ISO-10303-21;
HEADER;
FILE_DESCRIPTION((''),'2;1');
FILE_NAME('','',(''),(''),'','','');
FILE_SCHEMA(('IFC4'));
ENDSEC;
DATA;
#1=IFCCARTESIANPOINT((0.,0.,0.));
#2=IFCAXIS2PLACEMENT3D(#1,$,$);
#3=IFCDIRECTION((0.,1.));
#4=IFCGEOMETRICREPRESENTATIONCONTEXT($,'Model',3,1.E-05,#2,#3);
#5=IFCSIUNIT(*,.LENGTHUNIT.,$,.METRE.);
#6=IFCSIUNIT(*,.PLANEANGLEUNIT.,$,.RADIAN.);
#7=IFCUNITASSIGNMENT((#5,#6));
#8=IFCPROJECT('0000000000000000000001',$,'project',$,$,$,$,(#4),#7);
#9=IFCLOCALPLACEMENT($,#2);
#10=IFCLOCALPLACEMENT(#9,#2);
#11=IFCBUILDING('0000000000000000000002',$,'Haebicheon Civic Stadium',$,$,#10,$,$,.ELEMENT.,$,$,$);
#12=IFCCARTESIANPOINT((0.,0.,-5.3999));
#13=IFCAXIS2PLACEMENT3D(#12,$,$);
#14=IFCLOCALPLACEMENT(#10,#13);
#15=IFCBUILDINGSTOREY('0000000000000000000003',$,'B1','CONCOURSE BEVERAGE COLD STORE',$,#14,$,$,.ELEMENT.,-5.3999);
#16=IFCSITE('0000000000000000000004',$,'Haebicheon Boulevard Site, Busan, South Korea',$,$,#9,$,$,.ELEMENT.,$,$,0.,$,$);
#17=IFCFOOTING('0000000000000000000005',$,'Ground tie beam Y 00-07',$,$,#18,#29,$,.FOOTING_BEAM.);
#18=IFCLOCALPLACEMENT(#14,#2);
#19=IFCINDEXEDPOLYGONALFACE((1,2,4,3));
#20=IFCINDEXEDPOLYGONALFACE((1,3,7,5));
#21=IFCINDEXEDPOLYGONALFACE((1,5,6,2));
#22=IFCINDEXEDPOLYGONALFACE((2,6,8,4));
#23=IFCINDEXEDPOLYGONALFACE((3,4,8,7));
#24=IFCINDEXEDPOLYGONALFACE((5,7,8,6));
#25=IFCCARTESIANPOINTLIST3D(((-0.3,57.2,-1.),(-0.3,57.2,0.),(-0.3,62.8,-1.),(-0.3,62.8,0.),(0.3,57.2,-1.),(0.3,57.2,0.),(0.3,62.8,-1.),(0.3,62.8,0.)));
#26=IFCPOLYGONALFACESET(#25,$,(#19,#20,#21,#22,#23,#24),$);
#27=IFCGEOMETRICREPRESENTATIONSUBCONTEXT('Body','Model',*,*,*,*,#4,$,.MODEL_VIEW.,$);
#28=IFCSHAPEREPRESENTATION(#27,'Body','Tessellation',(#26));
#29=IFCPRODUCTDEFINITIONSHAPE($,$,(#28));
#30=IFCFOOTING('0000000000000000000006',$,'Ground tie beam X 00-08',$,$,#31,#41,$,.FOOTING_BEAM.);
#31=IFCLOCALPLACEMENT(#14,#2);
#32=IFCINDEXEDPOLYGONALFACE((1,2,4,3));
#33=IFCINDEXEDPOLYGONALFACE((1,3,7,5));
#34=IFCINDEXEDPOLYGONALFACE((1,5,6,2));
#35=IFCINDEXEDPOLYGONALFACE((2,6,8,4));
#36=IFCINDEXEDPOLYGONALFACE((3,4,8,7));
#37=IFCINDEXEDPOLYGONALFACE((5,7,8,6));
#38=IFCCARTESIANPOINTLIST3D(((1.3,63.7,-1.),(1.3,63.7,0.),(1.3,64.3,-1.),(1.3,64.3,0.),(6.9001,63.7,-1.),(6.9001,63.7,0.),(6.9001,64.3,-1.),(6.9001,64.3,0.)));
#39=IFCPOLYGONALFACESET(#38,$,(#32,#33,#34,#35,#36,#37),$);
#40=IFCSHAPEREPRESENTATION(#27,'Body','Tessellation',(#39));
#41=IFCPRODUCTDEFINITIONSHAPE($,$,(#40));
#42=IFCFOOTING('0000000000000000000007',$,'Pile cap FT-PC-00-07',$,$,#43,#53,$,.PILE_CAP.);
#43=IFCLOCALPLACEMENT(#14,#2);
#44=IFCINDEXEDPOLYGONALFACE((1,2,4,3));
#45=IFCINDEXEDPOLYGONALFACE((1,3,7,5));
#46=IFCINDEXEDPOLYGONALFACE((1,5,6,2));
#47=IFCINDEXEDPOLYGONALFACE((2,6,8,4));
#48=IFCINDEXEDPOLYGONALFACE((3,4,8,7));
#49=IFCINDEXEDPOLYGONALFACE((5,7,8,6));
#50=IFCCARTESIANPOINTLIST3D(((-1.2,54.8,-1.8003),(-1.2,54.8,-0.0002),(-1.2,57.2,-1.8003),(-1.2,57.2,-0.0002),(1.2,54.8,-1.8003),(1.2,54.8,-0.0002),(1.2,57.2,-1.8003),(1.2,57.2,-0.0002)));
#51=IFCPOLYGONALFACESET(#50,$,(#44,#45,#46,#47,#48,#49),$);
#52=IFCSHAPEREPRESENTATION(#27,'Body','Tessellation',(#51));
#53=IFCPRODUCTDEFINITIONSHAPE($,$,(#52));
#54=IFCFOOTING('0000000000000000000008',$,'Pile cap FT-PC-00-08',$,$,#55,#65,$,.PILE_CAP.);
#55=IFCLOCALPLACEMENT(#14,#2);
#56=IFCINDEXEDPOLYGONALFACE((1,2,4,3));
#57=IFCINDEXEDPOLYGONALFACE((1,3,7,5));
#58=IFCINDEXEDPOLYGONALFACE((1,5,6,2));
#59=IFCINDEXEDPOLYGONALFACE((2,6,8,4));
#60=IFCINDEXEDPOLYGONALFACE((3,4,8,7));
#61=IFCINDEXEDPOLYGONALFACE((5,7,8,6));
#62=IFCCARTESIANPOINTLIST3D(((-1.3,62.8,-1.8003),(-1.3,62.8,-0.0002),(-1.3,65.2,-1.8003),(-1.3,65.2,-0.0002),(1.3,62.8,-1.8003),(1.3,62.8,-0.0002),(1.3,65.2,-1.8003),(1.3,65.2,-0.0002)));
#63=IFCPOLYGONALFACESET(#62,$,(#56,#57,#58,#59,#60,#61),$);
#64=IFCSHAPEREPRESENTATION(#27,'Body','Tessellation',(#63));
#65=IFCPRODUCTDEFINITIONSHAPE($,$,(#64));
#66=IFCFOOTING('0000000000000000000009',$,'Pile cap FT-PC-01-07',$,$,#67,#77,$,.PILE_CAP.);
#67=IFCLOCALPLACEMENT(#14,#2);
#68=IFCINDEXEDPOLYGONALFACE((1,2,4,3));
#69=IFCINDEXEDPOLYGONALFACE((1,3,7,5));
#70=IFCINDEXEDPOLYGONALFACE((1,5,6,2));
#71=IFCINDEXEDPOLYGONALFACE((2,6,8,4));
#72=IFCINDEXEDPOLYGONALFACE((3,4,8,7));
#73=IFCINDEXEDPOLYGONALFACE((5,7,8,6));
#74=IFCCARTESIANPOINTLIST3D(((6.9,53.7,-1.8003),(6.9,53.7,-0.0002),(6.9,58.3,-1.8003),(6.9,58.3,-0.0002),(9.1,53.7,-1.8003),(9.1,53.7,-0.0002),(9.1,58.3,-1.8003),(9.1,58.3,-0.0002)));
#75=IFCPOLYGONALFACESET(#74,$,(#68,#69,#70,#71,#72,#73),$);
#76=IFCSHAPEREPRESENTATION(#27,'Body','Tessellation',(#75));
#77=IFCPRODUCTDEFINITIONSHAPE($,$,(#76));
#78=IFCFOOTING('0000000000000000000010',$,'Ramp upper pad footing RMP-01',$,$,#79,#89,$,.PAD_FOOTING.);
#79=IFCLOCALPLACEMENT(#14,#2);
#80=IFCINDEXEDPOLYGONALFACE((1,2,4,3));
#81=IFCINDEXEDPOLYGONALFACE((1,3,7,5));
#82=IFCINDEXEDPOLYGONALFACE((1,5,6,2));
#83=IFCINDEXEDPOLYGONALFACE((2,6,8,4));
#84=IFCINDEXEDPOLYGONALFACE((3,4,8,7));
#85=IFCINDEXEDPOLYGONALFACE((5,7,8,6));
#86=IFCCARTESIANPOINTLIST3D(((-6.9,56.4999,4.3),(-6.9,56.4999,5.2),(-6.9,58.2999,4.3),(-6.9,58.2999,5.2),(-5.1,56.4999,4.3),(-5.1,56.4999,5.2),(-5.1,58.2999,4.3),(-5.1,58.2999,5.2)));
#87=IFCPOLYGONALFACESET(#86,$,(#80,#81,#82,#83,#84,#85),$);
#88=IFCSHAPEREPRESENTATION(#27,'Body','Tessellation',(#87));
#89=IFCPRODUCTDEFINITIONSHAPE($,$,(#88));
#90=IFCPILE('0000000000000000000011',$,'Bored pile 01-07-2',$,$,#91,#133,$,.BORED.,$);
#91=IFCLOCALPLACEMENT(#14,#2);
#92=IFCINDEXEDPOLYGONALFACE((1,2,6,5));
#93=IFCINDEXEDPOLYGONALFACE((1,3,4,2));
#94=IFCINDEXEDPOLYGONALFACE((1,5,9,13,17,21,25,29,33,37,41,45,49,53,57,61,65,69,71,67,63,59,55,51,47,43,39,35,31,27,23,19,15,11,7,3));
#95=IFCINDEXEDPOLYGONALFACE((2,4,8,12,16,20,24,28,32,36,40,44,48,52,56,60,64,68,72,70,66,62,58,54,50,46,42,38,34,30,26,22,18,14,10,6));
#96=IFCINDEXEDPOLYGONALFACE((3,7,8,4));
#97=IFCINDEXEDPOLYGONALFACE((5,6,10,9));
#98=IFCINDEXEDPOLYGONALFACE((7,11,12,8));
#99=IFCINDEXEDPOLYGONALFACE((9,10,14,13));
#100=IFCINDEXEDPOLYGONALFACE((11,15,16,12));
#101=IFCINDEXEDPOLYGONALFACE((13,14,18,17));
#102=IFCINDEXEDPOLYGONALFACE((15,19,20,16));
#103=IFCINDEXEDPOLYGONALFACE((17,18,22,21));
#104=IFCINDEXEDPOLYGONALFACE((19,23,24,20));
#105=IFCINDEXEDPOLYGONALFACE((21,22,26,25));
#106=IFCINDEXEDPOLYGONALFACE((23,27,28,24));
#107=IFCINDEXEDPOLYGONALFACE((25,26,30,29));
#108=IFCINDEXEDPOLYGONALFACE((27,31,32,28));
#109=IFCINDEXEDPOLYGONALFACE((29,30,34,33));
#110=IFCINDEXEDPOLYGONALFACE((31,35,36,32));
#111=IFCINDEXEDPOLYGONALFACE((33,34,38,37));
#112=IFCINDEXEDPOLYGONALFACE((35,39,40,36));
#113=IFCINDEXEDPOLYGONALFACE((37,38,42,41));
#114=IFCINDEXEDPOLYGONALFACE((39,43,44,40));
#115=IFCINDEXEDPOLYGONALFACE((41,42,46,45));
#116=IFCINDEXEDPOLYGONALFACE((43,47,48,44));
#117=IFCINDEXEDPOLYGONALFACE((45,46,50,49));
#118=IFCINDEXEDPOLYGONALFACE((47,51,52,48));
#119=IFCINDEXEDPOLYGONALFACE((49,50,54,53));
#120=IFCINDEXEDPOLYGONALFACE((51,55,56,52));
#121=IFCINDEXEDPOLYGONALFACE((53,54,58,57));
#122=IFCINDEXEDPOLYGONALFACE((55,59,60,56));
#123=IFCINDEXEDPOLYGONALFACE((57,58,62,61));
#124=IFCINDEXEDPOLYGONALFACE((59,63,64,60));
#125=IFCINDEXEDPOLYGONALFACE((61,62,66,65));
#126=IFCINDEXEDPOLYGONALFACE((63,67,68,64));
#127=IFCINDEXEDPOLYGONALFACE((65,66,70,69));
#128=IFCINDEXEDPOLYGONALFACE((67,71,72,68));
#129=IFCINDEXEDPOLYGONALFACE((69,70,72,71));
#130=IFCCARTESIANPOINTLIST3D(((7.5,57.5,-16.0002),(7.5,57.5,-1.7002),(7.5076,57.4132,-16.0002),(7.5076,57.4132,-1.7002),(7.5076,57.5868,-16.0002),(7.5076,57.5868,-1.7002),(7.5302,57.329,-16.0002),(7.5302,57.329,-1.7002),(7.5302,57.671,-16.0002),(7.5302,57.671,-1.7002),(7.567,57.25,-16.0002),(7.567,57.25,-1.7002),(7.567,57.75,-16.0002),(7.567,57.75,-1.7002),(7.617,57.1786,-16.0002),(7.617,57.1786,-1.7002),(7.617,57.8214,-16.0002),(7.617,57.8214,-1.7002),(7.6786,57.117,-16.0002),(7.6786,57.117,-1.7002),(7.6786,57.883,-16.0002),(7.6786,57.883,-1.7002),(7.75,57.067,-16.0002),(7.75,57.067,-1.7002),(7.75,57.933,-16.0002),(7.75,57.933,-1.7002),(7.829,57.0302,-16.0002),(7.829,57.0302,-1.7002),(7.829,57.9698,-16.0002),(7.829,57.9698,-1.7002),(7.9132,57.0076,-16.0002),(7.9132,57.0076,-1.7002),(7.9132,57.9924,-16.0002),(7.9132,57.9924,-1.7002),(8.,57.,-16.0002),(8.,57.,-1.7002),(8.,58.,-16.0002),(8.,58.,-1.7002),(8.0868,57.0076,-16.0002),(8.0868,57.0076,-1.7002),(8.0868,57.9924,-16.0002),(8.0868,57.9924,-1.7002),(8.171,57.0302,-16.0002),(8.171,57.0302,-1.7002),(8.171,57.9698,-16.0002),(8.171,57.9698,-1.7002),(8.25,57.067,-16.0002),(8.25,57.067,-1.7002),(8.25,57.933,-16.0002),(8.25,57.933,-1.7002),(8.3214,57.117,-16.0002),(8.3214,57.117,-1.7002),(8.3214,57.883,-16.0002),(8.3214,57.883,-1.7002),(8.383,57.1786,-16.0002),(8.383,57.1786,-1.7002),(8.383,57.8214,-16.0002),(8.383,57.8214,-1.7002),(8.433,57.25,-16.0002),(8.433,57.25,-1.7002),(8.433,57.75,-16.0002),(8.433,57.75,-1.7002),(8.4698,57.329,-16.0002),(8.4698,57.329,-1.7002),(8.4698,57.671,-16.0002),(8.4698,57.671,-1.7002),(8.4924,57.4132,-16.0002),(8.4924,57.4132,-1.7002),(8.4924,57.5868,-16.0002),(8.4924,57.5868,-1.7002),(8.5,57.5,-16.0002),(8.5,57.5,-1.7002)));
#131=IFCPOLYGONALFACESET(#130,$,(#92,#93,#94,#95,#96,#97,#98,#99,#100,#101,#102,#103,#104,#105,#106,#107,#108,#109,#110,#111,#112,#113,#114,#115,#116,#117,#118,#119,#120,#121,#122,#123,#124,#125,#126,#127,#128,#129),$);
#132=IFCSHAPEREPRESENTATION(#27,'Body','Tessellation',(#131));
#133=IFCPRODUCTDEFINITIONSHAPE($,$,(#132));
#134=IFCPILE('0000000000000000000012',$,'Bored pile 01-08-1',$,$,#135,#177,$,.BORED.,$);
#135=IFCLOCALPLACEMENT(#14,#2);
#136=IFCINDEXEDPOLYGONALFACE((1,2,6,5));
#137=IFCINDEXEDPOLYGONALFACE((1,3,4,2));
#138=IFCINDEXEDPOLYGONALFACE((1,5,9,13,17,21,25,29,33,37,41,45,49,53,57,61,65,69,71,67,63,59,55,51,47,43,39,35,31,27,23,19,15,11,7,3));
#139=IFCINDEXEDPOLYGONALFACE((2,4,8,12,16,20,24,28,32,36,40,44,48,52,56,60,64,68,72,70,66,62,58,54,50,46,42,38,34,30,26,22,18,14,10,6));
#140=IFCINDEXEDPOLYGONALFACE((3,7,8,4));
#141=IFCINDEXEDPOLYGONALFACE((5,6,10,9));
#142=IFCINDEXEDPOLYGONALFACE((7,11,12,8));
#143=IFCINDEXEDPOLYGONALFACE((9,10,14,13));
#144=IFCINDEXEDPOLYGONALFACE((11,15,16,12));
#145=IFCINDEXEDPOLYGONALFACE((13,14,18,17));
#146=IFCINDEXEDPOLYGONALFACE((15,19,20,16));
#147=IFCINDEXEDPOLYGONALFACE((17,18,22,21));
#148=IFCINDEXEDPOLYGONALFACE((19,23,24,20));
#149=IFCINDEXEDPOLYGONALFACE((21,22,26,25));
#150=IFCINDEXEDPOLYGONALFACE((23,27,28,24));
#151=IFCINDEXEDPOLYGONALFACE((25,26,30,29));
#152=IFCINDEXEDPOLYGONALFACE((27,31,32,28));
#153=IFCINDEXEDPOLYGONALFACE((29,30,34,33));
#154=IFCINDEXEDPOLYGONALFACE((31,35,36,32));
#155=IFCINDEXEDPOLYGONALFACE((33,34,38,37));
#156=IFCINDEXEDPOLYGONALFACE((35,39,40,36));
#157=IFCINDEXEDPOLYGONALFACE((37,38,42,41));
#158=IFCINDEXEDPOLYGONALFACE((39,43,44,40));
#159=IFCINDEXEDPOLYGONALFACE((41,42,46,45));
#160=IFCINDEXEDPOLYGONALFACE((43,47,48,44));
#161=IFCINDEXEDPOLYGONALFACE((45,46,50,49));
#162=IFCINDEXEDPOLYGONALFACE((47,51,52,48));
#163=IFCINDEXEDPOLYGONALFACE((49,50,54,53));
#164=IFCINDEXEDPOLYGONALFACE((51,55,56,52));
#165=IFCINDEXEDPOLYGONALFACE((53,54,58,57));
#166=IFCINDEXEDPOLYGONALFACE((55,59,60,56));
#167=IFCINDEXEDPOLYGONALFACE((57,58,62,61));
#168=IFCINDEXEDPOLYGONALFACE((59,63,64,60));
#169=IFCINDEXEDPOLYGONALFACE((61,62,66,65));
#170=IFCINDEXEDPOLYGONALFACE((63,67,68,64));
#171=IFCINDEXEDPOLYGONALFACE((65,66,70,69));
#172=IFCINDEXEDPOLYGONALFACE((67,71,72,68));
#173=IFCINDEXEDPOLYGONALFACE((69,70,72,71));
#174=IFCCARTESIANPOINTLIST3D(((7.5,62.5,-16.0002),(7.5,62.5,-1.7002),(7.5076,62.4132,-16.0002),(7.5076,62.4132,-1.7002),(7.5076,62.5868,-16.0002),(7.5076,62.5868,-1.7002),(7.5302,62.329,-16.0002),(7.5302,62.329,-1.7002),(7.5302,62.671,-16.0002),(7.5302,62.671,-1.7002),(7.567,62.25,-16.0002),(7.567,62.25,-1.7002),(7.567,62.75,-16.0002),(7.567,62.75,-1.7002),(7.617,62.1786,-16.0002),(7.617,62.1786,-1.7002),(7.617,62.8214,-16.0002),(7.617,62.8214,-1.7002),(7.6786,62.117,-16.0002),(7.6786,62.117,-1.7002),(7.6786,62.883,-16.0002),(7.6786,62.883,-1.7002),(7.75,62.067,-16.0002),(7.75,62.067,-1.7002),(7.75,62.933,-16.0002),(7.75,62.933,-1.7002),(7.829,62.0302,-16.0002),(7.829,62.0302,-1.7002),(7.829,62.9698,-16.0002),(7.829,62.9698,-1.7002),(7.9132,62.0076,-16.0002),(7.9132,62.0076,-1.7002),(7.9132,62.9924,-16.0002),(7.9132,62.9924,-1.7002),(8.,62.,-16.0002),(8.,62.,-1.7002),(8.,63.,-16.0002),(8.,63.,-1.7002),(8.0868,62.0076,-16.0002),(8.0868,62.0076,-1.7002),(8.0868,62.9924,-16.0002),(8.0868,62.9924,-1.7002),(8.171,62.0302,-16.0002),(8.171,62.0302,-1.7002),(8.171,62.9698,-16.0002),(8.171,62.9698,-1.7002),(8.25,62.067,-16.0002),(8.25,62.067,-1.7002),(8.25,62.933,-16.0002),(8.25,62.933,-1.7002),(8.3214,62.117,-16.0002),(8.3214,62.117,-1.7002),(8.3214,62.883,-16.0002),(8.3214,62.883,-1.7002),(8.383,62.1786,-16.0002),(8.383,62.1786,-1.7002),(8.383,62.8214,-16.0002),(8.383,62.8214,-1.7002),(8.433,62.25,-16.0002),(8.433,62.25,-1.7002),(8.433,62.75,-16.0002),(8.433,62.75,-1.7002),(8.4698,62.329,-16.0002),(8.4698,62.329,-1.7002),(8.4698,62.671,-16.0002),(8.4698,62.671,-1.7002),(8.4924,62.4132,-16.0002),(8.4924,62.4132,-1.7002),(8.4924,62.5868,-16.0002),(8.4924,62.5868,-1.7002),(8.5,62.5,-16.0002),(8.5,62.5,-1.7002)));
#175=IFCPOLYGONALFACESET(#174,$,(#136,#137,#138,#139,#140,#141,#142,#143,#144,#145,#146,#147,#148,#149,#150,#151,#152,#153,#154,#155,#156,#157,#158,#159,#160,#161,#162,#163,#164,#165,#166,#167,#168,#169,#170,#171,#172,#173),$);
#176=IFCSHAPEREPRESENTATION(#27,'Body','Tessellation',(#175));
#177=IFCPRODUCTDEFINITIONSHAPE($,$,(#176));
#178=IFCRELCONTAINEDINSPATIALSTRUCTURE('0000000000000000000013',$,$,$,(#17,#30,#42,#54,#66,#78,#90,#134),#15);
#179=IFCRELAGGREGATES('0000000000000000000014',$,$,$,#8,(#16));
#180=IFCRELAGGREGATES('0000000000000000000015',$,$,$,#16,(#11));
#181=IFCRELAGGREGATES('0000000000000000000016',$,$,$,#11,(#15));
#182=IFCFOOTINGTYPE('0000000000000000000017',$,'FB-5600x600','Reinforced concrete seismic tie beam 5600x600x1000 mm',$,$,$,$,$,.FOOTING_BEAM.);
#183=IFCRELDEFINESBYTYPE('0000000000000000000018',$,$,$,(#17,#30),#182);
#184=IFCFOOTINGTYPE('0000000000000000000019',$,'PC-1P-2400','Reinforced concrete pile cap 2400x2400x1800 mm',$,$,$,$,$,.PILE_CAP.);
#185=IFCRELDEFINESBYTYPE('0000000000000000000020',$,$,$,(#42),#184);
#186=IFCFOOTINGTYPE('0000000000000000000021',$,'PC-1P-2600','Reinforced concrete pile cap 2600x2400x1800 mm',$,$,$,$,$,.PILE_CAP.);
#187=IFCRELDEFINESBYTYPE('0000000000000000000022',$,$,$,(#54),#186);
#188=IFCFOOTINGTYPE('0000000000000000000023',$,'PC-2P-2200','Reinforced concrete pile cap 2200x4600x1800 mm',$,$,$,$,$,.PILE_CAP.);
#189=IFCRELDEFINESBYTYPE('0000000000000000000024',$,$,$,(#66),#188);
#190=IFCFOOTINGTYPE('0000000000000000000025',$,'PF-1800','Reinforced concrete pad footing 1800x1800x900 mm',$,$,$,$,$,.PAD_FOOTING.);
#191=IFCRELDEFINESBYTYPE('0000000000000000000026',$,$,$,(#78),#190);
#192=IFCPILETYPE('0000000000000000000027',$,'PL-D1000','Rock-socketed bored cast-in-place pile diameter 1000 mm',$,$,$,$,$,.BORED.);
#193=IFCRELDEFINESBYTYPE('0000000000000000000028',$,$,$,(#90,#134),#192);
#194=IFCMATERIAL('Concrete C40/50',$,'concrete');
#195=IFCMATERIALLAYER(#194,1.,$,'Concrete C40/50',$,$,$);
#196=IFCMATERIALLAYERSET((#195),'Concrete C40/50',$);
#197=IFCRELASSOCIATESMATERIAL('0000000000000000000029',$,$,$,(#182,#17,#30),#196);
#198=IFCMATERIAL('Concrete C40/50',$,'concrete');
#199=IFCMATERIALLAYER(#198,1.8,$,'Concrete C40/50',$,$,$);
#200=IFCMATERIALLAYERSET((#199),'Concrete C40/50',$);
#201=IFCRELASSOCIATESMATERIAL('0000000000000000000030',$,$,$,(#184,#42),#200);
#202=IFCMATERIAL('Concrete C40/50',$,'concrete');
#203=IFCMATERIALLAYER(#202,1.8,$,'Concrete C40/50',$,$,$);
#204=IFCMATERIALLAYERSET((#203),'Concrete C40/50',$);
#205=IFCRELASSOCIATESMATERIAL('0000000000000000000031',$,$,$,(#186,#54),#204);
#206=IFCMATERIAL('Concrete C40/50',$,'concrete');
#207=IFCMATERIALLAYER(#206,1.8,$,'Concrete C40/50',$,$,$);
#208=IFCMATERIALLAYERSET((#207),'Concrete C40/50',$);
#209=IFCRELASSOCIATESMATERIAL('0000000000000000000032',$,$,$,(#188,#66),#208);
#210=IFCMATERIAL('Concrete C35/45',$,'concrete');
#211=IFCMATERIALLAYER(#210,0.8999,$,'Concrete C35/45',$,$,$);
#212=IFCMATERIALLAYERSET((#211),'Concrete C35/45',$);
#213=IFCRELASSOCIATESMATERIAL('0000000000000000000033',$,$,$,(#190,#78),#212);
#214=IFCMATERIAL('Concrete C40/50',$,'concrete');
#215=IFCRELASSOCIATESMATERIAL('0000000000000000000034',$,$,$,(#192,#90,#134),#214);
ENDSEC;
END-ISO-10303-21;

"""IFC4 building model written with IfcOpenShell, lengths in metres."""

from ifc_helpers import new_model, si_unit, direction, frame, origin, origin_2d, place, context, subcontext, project, spatial, rectangle, circle, extrude, material, layer, layer_set, material_profile, profile_set, type_object, element, save


model = new_model("IFC4")

# Units and contexts
model_context = context("Model", 3, precision=1e-05, world=origin(), true_north=direction((0.0, 1.0)))
body_context = subcontext(model_context, "Body", "Model", "MODEL_VIEW")
ifc_project = project(units=[si_unit("LENGTHUNIT", "METRE"), si_unit("PLANEANGLEUNIT", "RADIAN")], contexts=[model_context])

# Site, building, storey
site_placement = place(None, origin())
site = spatial("IfcSite", under=ifc_project, at=site_placement, Name="Haebicheon Boulevard Site, Busan, South Korea", CompositionType="ELEMENT", RefElevation=0.0)
building_placement = place(site_placement, origin())
building = spatial("IfcBuilding", under=site, at=building_placement, Name="Haebicheon Civic Stadium", CompositionType="ELEMENT")
storey_placement = place(building_placement, frame((0.0, 0.0, -5.3999)))
storey = spatial("IfcBuildingStorey", under=building, at=storey_placement, Name="B1", Description="CONCOURSE BEVERAGE COLD STORE", CompositionType="ELEMENT", Elevation=-5.3999)

# Footings
ifc_material_1 = material(Name="Concrete C40/50", Category="concrete")
ifc_layer_1 = layer(ifc_material_1, 1.0, Name="Concrete C40/50")
ifc_layer_set_1 = layer_set([ifc_layer_1], Name="Concrete C40/50")
footing_type_1 = type_object("IfcFootingType", Name="FB-5600x600", Description="Reinforced concrete seismic tie beam 5600x600x1000 mm", PredefinedType="FOOTING_BEAM", material=ifc_layer_set_1)
for number, where, z_axis, x_axis, name in (
    (1, (0.0, 60.0, -1.0), (0.0, 0.0, 1.0), (0.0, 1.0, 0.0), "Ground tie beam Y 00-07"),
    (2, (4.1001, 64.0, -1.0), (0.0, 0.0, 1.0), (1.0, 0.0, 0.0), "Ground tie beam X 00-08"),
):
    element("IfcFooting", number, at=place(storey_placement, frame(where, z_axis=z_axis, x_axis=x_axis)), inside=storey, type_object=footing_type_1, material=ifc_layer_set_1, Name=name, PredefinedType="FOOTING_BEAM", context=body_context, shape_type="SweptSolid", body=[
        extrude(rectangle(XDim=5.6001, YDim=0.6001, at=origin_2d()), origin(), (0.0, 0.0, 1.0), 1.0),
    ])
ifc_material_2 = material(Name="Concrete C40/50", Category="concrete")
ifc_layer_2 = layer(ifc_material_2, 1.8, Name="Concrete C40/50")
ifc_layer_set_2 = layer_set([ifc_layer_2], Name="Concrete C40/50")
footing_type_2 = type_object("IfcFootingType", Name="PC-1P-2400", Description="Reinforced concrete pile cap 2400x2400x1800 mm", PredefinedType="PILE_CAP", material=ifc_layer_set_2)
footing_1_placement = place(storey_placement, frame((0.0, 56.0, -1.8003), z_axis=(0.0, 0.0, 1.0), x_axis=(1.0, 0.0, 0.0)))
element("IfcFooting", 3, at=footing_1_placement, inside=storey, type_object=footing_type_2, material=ifc_layer_set_2, Name="Pile cap FT-PC-00-07", PredefinedType="PILE_CAP", context=body_context, shape_type="SweptSolid", body=[
    extrude(rectangle(XDim=2.3999, YDim=2.3999, at=origin_2d()), origin(), (0.0, 0.0, 1.0), 1.8),
])
ifc_material_3 = material(Name="Concrete C40/50", Category="concrete")
ifc_layer_3 = layer(ifc_material_3, 1.8, Name="Concrete C40/50")
ifc_layer_set_3 = layer_set([ifc_layer_3], Name="Concrete C40/50")
footing_type_3 = type_object("IfcFootingType", Name="PC-1P-2600", Description="Reinforced concrete pile cap 2600x2400x1800 mm", PredefinedType="PILE_CAP", material=ifc_layer_set_3)
footing_2_placement = place(storey_placement, frame((0.0, 64.0, -1.8003), z_axis=(0.0, 0.0, 1.0), x_axis=(1.0, 0.0, 0.0)))
element("IfcFooting", 4, at=footing_2_placement, inside=storey, type_object=footing_type_3, material=ifc_layer_set_3, Name="Pile cap FT-PC-00-08", PredefinedType="PILE_CAP", context=body_context, shape_type="SweptSolid", body=[
    extrude(rectangle(XDim=2.6001, YDim=2.3999, at=origin_2d()), origin(), (0.0, 0.0, 1.0), 1.8),
])
ifc_material_4 = material(Name="Concrete C40/50", Category="concrete")
ifc_layer_4 = layer(ifc_material_4, 1.8, Name="Concrete C40/50")
ifc_layer_set_4 = layer_set([ifc_layer_4], Name="Concrete C40/50")
footing_type_4 = type_object("IfcFootingType", Name="PC-2P-2200", Description="Reinforced concrete pile cap 2200x4600x1800 mm", PredefinedType="PILE_CAP", material=ifc_layer_set_4)
footing_3_placement = place(storey_placement, frame((8.0, 56.0, -1.8003), z_axis=(0.0, 0.0, 1.0), x_axis=(1.0, 0.0, 0.0)))
element("IfcFooting", 5, at=footing_3_placement, inside=storey, type_object=footing_type_4, material=ifc_layer_set_4, Name="Pile cap FT-PC-01-07", PredefinedType="PILE_CAP", context=body_context, shape_type="SweptSolid", body=[
    extrude(rectangle(XDim=2.2, YDim=4.6001, at=origin_2d()), origin(), (0.0, 0.0, 1.0), 1.8),
])
ifc_material_5 = material(Name="Concrete C35/45", Category="concrete")
ifc_layer_5 = layer(ifc_material_5, 0.8999, Name="Concrete C35/45")
ifc_layer_set_5 = layer_set([ifc_layer_5], Name="Concrete C35/45")
footing_type_5 = type_object("IfcFootingType", Name="PF-1800", Description="Reinforced concrete pad footing 1800x1800x900 mm", PredefinedType="PAD_FOOTING", material=ifc_layer_set_5)
footing_4_placement = place(storey_placement, frame((-6.0, 57.3999, 4.3), z_axis=(0.0, 0.0, 1.0), x_axis=(1.0, 0.0, 0.0)))
element("IfcFooting", 6, at=footing_4_placement, inside=storey, type_object=footing_type_5, material=ifc_layer_set_5, Name="Ramp upper pad footing RMP-01", PredefinedType="PAD_FOOTING", context=body_context, shape_type="SweptSolid", body=[
    extrude(rectangle(XDim=1.8, YDim=1.8, at=origin_2d()), origin(), (0.0, 0.0, 1.0), 0.8999),
])

# Piles
ifc_material_6 = material(Name="Concrete C40/50", Category="concrete")
ifc_material_profile_1 = material_profile(ifc_material_6, circle(Radius=0.5, at=origin_2d()), Name="PILE-D1000")
ifc_profile_set_1 = profile_set([ifc_material_profile_1], Name="Concrete C40/50")
pile_type_1 = type_object("IfcPileType", Name="PL-D1000", Description="Rock-socketed bored cast-in-place pile diameter 1000 mm", PredefinedType="BORED", material=ifc_profile_set_1)
for number, where, z_axis, x_axis, name in (
    (7, (8.0, 57.5, -1.7002), (0.0, 0.0, -1.0), (1.0, 0.0, 0.0), "Bored pile 01-07-2"),
    (8, (8.0, 62.5, -1.7002), (0.0, 0.0, -1.0), (1.0, 0.0, 0.0), "Bored pile 01-08-1"),
):
    element("IfcPile", number, at=place(storey_placement, frame(where, z_axis=z_axis, x_axis=x_axis)), inside=storey, type_object=pile_type_1, material=ifc_profile_set_1, Name=name, PredefinedType="BORED", context=body_context, shape_type="SweptSolid", body=[
        extrude(circle(Radius=0.5, at=origin_2d()), origin(), (0.0, 0.0, 1.0), 14.3),
    ])

save(model, "model.ifc")
